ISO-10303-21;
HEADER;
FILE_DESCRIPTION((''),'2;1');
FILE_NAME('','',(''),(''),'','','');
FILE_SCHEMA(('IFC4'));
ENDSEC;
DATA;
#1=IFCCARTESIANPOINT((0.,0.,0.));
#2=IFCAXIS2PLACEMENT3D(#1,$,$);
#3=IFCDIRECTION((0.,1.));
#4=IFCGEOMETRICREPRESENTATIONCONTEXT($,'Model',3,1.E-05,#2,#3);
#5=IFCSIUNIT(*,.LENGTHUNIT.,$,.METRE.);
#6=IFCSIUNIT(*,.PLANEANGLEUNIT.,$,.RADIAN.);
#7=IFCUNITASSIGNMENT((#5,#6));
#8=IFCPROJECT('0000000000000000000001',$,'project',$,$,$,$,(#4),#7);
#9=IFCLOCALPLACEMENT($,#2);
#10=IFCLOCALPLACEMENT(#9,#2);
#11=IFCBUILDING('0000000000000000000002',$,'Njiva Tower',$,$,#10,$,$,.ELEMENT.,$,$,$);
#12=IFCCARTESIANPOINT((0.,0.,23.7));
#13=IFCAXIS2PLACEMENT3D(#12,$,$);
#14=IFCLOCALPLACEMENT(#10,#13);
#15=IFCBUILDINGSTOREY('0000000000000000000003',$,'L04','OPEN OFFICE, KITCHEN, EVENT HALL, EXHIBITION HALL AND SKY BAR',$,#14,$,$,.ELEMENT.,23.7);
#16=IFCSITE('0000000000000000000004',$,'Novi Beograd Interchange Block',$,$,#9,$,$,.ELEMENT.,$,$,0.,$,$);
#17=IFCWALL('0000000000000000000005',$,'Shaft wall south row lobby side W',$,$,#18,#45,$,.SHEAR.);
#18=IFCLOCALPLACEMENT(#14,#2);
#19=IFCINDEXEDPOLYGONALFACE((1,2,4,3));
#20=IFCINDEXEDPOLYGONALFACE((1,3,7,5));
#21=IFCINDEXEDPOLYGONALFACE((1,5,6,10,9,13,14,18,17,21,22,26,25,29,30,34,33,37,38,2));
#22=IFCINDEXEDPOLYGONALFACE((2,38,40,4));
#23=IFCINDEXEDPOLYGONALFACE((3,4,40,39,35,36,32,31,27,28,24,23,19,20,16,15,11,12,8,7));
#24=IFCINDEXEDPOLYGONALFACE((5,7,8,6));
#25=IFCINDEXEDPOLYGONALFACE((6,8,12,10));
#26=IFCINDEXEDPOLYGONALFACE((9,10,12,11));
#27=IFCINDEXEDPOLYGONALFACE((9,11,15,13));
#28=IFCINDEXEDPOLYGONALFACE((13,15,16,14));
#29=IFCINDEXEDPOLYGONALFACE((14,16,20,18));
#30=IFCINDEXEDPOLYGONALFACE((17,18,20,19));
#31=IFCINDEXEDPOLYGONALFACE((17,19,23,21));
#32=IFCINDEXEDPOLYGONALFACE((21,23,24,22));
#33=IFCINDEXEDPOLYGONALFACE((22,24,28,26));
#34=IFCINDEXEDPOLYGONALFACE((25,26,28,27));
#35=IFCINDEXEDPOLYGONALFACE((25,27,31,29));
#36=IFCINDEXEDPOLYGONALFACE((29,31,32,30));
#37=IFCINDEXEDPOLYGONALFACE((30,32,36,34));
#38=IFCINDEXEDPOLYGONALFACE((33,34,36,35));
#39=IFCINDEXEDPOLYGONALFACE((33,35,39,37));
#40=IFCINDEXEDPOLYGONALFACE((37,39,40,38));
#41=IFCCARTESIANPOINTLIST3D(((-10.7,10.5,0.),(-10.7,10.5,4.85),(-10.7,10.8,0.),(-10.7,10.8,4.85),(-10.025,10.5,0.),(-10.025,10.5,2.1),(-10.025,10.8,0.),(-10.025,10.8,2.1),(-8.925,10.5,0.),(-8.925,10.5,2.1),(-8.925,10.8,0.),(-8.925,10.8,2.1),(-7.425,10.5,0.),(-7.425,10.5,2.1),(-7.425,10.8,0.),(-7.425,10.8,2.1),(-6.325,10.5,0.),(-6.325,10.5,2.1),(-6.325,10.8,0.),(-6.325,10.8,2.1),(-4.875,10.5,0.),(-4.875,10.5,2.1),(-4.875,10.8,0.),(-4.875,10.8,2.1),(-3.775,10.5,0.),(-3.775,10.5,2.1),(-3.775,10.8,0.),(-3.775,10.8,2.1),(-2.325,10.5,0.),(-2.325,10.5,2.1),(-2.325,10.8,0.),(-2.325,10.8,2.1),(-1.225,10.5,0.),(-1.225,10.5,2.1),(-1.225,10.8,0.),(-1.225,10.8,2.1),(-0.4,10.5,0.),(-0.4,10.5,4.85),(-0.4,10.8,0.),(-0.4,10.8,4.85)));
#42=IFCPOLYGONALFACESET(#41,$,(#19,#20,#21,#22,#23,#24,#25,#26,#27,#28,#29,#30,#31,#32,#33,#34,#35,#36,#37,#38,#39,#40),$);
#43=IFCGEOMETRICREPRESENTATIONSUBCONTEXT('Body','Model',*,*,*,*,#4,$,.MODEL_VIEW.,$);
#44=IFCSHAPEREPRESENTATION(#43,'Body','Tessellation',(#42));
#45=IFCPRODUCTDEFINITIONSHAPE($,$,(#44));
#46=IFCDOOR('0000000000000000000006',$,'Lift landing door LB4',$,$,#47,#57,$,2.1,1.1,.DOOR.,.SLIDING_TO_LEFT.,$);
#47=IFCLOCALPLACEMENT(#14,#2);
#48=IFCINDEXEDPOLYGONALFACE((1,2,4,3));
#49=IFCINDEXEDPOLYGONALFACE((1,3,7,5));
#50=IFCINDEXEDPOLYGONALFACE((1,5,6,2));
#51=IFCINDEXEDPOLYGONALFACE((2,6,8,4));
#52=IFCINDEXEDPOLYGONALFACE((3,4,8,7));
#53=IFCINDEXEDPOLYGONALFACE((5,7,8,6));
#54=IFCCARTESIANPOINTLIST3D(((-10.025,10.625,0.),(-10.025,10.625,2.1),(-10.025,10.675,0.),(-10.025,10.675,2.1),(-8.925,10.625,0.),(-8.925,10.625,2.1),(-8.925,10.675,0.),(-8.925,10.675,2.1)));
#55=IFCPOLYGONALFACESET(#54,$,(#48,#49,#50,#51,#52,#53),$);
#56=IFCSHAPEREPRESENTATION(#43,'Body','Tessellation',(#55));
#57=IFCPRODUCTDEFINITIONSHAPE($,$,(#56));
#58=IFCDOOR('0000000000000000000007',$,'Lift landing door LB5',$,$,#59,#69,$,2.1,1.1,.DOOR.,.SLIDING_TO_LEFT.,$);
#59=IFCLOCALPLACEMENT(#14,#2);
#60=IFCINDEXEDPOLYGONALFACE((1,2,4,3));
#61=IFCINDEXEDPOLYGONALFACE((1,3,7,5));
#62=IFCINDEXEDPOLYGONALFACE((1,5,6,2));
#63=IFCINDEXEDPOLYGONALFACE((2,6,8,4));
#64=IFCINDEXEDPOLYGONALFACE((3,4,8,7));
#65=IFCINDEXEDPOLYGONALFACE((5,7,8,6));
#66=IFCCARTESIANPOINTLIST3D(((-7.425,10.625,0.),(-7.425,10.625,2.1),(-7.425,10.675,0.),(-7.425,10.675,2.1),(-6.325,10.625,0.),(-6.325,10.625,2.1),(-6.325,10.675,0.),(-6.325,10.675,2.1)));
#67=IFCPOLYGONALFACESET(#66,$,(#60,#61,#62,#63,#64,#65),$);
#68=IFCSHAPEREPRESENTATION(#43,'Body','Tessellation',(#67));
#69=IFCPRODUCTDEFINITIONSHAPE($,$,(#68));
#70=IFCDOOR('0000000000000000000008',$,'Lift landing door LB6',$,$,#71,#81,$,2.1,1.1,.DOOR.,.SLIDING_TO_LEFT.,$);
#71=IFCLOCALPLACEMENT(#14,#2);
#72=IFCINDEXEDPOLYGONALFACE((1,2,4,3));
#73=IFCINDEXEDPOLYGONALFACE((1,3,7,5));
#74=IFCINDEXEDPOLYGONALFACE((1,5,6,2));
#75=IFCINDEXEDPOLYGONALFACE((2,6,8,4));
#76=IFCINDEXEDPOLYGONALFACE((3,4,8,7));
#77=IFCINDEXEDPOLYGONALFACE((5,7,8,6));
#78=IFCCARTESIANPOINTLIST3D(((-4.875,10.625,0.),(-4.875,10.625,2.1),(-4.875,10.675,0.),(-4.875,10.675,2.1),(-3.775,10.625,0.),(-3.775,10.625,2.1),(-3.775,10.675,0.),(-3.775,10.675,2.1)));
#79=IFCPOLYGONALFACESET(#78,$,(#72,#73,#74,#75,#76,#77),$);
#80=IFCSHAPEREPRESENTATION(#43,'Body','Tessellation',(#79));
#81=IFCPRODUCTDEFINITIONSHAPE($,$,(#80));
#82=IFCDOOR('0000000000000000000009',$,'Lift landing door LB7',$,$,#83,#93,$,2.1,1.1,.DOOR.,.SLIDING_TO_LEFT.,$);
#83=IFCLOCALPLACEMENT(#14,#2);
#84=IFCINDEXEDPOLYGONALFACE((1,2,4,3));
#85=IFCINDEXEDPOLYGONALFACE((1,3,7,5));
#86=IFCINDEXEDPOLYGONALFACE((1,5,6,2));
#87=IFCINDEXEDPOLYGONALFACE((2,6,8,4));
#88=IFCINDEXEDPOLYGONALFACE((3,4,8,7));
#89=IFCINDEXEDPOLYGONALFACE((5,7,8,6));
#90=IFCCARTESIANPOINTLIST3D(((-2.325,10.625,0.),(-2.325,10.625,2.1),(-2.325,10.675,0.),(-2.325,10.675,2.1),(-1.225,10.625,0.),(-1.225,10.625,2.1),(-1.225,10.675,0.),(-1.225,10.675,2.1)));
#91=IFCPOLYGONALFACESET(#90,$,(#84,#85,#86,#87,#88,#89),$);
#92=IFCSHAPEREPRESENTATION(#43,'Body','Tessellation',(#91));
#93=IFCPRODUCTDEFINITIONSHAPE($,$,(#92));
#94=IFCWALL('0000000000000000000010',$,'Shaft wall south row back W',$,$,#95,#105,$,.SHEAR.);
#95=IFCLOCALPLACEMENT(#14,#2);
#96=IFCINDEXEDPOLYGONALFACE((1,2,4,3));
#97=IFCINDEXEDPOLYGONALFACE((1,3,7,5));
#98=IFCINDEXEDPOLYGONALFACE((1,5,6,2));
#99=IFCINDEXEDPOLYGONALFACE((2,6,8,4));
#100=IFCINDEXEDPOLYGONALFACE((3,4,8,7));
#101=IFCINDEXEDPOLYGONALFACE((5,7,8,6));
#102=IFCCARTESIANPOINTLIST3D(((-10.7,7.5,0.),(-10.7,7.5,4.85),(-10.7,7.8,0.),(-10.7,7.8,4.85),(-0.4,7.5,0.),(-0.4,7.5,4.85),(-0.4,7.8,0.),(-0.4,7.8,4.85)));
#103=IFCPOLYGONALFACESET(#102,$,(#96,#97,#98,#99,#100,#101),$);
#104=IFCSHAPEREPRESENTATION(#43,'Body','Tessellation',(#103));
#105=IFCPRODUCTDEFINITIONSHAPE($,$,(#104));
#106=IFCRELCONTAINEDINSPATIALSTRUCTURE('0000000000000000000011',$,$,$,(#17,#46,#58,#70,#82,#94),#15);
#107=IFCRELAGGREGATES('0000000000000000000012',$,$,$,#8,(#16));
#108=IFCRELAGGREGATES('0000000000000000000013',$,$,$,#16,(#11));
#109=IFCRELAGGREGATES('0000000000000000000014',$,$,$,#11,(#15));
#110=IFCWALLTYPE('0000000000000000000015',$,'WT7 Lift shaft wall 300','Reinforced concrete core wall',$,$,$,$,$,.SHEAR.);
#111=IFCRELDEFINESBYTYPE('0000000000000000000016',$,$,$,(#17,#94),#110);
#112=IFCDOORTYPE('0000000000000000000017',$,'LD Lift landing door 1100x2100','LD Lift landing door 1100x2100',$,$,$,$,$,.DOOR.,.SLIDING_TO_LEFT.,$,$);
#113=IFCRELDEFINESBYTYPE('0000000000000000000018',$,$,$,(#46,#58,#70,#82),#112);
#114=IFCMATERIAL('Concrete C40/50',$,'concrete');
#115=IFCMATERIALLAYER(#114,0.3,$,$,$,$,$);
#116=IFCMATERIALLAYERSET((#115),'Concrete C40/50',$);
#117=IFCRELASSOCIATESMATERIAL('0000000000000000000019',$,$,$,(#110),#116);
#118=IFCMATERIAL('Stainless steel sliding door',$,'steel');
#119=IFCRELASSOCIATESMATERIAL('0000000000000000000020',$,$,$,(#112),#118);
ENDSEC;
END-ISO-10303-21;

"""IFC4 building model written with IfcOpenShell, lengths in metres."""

from ifc_helpers import new_model, si_unit, direction, frame, frame_2d, origin, place, context, subcontext, project, spatial, rectangle, extrude, material, layer, layer_set, type_object, element, fill, save


model = new_model("IFC4")

# Units and contexts
model_context = context("Model", 3, precision=1e-05, world=origin(), true_north=direction((0.0, 1.0)))
body_context = subcontext(model_context, "Body", "Model", "MODEL_VIEW")
ifc_project = project(units=[si_unit("LENGTHUNIT", "METRE"), si_unit("PLANEANGLEUNIT", "RADIAN")], contexts=[model_context])

# Site, building, storey
site_placement = place(None, origin())
site = spatial("IfcSite", under=ifc_project, at=site_placement, Name="Novi Beograd Interchange Block", CompositionType="ELEMENT", RefElevation=0.0)
building_placement = place(site_placement, origin())
building = spatial("IfcBuilding", under=site, at=building_placement, Name="Njiva Tower", CompositionType="ELEMENT")
storey_placement = place(building_placement, frame((0.0, 0.0, 23.7)))
storey = spatial("IfcBuildingStorey", under=building, at=storey_placement, Name="L04", Description="OPEN OFFICE, KITCHEN, EVENT HALL, EXHIBITION HALL AND SKY BAR", CompositionType="ELEMENT", Elevation=23.7)

# Shared definitions
ifc_material_1 = material(Name="Concrete C40/50", Category="concrete")

# Wall, openings, doors
ifc_layer_1 = layer(ifc_material_1, 0.3)
ifc_layer_set_1 = layer_set([ifc_layer_1], Name="Concrete C40/50")
wall_type_1 = type_object("IfcWallType", Name="WT7 Lift shaft wall 300", Description="Reinforced concrete core wall", PredefinedType="SHEAR", material=ifc_layer_set_1)
wall_1_placement = place(storey_placement, frame((-10.7, 10.65, 0.0), z_axis=(0.0, 0.0, 1.0), x_axis=(1.0, 0.0, 0.0)))
wall_1 = element("IfcWall", 1, at=wall_1_placement, inside=storey, type_object=wall_type_1, Name="Shaft wall south row lobby side W", PredefinedType="SHEAR", context=body_context, shape_type="SweptSolid", body=[
    extrude(rectangle(XDim=10.3, YDim=0.3, at=frame_2d((5.15, 0.0))), origin(), (0.0, 0.0, 1.0), 4.85),
])
opening_1_placement = place(wall_1_placement, frame((0.675, 0.0, 0.0)))
opening_1 = element("IfcOpeningElement", 2, at=opening_1_placement, cuts=wall_1, PredefinedType="OPENING", context=body_context, shape_type="SweptSolid", body=[
    extrude(rectangle(XDim=1.1, YDim=2.1, at=frame_2d((0.55, 1.05))), frame((0.0, 0.16, 0.0), z_axis=(0.0, -1.0, 0.0), x_axis=(1.0, 0.0, 0.0)), (0.0, 0.0, 1.0), 0.32),
])
opening_2_placement = place(wall_1_placement, frame((3.275, 0.0, 0.0)))
opening_2 = element("IfcOpeningElement", 3, at=opening_2_placement, cuts=wall_1, PredefinedType="OPENING", context=body_context, shape_type="SweptSolid", body=[
    extrude(rectangle(XDim=1.1, YDim=2.1, at=frame_2d((0.55, 1.05))), frame((0.0, 0.16, 0.0), z_axis=(0.0, -1.0, 0.0), x_axis=(1.0, 0.0, 0.0)), (0.0, 0.0, 1.0), 0.32),
])
opening_3_placement = place(wall_1_placement, frame((5.825, 0.0, 0.0)))
opening_3 = element("IfcOpeningElement", 4, at=opening_3_placement, cuts=wall_1, PredefinedType="OPENING", context=body_context, shape_type="SweptSolid", body=[
    extrude(rectangle(XDim=1.1, YDim=2.1, at=frame_2d((0.55, 1.05))), frame((0.0, 0.16, 0.0), z_axis=(0.0, -1.0, 0.0), x_axis=(1.0, 0.0, 0.0)), (0.0, 0.0, 1.0), 0.32),
])
opening_4_placement = place(wall_1_placement, frame((8.375, 0.0, 0.0)))
opening_4 = element("IfcOpeningElement", 5, at=opening_4_placement, cuts=wall_1, PredefinedType="OPENING", context=body_context, shape_type="SweptSolid", body=[
    extrude(rectangle(XDim=1.1, YDim=2.1, at=frame_2d((0.55, 1.05))), frame((0.0, 0.16, 0.0), z_axis=(0.0, -1.0, 0.0), x_axis=(1.0, 0.0, 0.0)), (0.0, 0.0, 1.0), 0.32),
])
ifc_material_2 = material(Name="Stainless steel sliding door", Category="steel")
door_type_1 = type_object("IfcDoorType", Name="LD Lift landing door 1100x2100", Description="LD Lift landing door 1100x2100", OperationType="SLIDING_TO_LEFT", PredefinedType="DOOR", material=ifc_material_2)
door_1_placement = place(opening_1_placement, origin())
door_1 = element("IfcDoor", 6, at=door_1_placement, inside=storey, type_object=door_type_1, Name="Lift landing door LB4", OperationType="SLIDING_TO_LEFT", OverallHeight=2.1, OverallWidth=1.1, PredefinedType="DOOR", context=body_context, shape_type="SweptSolid", body=[
    extrude(rectangle(XDim=1.1, YDim=2.1, at=frame_2d((0.55, 1.05))), frame((0.0, 0.025, 0.0), z_axis=(0.0, -1.0, 0.0), x_axis=(1.0, 0.0, 0.0)), (0.0, 0.0, 1.0), 0.05),
])
fill(opening_1, door_1)
door_2_placement = place(opening_2_placement, origin())
door_2 = element("IfcDoor", 7, at=door_2_placement, inside=storey, type_object=door_type_1, Name="Lift landing door LB5", OperationType="SLIDING_TO_LEFT", OverallHeight=2.1, OverallWidth=1.1, PredefinedType="DOOR", context=body_context, shape_type="SweptSolid", body=[
    extrude(rectangle(XDim=1.1, YDim=2.1, at=frame_2d((0.55, 1.05))), frame((0.0, 0.025, 0.0), z_axis=(0.0, -1.0, 0.0), x_axis=(1.0, 0.0, 0.0)), (0.0, 0.0, 1.0), 0.05),
])
fill(opening_2, door_2)
door_3_placement = place(opening_3_placement, origin())
door_3 = element("IfcDoor", 8, at=door_3_placement, inside=storey, type_object=door_type_1, Name="Lift landing door LB6", OperationType="SLIDING_TO_LEFT", OverallHeight=2.1, OverallWidth=1.1, PredefinedType="DOOR", context=body_context, shape_type="SweptSolid", body=[
    extrude(rectangle(XDim=1.1, YDim=2.1, at=frame_2d((0.55, 1.05))), frame((0.0, 0.025, 0.0), z_axis=(0.0, -1.0, 0.0), x_axis=(1.0, 0.0, 0.0)), (0.0, 0.0, 1.0), 0.05),
])
fill(opening_3, door_3)
door_4_placement = place(opening_4_placement, origin())
door_4 = element("IfcDoor", 9, at=door_4_placement, inside=storey, type_object=door_type_1, Name="Lift landing door LB7", OperationType="SLIDING_TO_LEFT", OverallHeight=2.1, OverallWidth=1.1, PredefinedType="DOOR", context=body_context, shape_type="SweptSolid", body=[
    extrude(rectangle(XDim=1.1, YDim=2.1, at=frame_2d((0.55, 1.05))), frame((0.0, 0.025, 0.0), z_axis=(0.0, -1.0, 0.0), x_axis=(1.0, 0.0, 0.0)), (0.0, 0.0, 1.0), 0.05),
])
fill(opening_4, door_4)

# Wall
wall_2_placement = place(storey_placement, frame((-10.7, 7.65, 0.0), z_axis=(0.0, 0.0, 1.0), x_axis=(1.0, 0.0, 0.0)))
element("IfcWall", 10, at=wall_2_placement, inside=storey, type_object=wall_type_1, Name="Shaft wall south row back W", PredefinedType="SHEAR", context=body_context, shape_type="SweptSolid", body=[
    extrude(rectangle(XDim=10.3, YDim=0.3, at=frame_2d((5.15, 0.0))), origin(), (0.0, 0.0, 1.0), 4.85),
])

save(model, "model.ifc")
